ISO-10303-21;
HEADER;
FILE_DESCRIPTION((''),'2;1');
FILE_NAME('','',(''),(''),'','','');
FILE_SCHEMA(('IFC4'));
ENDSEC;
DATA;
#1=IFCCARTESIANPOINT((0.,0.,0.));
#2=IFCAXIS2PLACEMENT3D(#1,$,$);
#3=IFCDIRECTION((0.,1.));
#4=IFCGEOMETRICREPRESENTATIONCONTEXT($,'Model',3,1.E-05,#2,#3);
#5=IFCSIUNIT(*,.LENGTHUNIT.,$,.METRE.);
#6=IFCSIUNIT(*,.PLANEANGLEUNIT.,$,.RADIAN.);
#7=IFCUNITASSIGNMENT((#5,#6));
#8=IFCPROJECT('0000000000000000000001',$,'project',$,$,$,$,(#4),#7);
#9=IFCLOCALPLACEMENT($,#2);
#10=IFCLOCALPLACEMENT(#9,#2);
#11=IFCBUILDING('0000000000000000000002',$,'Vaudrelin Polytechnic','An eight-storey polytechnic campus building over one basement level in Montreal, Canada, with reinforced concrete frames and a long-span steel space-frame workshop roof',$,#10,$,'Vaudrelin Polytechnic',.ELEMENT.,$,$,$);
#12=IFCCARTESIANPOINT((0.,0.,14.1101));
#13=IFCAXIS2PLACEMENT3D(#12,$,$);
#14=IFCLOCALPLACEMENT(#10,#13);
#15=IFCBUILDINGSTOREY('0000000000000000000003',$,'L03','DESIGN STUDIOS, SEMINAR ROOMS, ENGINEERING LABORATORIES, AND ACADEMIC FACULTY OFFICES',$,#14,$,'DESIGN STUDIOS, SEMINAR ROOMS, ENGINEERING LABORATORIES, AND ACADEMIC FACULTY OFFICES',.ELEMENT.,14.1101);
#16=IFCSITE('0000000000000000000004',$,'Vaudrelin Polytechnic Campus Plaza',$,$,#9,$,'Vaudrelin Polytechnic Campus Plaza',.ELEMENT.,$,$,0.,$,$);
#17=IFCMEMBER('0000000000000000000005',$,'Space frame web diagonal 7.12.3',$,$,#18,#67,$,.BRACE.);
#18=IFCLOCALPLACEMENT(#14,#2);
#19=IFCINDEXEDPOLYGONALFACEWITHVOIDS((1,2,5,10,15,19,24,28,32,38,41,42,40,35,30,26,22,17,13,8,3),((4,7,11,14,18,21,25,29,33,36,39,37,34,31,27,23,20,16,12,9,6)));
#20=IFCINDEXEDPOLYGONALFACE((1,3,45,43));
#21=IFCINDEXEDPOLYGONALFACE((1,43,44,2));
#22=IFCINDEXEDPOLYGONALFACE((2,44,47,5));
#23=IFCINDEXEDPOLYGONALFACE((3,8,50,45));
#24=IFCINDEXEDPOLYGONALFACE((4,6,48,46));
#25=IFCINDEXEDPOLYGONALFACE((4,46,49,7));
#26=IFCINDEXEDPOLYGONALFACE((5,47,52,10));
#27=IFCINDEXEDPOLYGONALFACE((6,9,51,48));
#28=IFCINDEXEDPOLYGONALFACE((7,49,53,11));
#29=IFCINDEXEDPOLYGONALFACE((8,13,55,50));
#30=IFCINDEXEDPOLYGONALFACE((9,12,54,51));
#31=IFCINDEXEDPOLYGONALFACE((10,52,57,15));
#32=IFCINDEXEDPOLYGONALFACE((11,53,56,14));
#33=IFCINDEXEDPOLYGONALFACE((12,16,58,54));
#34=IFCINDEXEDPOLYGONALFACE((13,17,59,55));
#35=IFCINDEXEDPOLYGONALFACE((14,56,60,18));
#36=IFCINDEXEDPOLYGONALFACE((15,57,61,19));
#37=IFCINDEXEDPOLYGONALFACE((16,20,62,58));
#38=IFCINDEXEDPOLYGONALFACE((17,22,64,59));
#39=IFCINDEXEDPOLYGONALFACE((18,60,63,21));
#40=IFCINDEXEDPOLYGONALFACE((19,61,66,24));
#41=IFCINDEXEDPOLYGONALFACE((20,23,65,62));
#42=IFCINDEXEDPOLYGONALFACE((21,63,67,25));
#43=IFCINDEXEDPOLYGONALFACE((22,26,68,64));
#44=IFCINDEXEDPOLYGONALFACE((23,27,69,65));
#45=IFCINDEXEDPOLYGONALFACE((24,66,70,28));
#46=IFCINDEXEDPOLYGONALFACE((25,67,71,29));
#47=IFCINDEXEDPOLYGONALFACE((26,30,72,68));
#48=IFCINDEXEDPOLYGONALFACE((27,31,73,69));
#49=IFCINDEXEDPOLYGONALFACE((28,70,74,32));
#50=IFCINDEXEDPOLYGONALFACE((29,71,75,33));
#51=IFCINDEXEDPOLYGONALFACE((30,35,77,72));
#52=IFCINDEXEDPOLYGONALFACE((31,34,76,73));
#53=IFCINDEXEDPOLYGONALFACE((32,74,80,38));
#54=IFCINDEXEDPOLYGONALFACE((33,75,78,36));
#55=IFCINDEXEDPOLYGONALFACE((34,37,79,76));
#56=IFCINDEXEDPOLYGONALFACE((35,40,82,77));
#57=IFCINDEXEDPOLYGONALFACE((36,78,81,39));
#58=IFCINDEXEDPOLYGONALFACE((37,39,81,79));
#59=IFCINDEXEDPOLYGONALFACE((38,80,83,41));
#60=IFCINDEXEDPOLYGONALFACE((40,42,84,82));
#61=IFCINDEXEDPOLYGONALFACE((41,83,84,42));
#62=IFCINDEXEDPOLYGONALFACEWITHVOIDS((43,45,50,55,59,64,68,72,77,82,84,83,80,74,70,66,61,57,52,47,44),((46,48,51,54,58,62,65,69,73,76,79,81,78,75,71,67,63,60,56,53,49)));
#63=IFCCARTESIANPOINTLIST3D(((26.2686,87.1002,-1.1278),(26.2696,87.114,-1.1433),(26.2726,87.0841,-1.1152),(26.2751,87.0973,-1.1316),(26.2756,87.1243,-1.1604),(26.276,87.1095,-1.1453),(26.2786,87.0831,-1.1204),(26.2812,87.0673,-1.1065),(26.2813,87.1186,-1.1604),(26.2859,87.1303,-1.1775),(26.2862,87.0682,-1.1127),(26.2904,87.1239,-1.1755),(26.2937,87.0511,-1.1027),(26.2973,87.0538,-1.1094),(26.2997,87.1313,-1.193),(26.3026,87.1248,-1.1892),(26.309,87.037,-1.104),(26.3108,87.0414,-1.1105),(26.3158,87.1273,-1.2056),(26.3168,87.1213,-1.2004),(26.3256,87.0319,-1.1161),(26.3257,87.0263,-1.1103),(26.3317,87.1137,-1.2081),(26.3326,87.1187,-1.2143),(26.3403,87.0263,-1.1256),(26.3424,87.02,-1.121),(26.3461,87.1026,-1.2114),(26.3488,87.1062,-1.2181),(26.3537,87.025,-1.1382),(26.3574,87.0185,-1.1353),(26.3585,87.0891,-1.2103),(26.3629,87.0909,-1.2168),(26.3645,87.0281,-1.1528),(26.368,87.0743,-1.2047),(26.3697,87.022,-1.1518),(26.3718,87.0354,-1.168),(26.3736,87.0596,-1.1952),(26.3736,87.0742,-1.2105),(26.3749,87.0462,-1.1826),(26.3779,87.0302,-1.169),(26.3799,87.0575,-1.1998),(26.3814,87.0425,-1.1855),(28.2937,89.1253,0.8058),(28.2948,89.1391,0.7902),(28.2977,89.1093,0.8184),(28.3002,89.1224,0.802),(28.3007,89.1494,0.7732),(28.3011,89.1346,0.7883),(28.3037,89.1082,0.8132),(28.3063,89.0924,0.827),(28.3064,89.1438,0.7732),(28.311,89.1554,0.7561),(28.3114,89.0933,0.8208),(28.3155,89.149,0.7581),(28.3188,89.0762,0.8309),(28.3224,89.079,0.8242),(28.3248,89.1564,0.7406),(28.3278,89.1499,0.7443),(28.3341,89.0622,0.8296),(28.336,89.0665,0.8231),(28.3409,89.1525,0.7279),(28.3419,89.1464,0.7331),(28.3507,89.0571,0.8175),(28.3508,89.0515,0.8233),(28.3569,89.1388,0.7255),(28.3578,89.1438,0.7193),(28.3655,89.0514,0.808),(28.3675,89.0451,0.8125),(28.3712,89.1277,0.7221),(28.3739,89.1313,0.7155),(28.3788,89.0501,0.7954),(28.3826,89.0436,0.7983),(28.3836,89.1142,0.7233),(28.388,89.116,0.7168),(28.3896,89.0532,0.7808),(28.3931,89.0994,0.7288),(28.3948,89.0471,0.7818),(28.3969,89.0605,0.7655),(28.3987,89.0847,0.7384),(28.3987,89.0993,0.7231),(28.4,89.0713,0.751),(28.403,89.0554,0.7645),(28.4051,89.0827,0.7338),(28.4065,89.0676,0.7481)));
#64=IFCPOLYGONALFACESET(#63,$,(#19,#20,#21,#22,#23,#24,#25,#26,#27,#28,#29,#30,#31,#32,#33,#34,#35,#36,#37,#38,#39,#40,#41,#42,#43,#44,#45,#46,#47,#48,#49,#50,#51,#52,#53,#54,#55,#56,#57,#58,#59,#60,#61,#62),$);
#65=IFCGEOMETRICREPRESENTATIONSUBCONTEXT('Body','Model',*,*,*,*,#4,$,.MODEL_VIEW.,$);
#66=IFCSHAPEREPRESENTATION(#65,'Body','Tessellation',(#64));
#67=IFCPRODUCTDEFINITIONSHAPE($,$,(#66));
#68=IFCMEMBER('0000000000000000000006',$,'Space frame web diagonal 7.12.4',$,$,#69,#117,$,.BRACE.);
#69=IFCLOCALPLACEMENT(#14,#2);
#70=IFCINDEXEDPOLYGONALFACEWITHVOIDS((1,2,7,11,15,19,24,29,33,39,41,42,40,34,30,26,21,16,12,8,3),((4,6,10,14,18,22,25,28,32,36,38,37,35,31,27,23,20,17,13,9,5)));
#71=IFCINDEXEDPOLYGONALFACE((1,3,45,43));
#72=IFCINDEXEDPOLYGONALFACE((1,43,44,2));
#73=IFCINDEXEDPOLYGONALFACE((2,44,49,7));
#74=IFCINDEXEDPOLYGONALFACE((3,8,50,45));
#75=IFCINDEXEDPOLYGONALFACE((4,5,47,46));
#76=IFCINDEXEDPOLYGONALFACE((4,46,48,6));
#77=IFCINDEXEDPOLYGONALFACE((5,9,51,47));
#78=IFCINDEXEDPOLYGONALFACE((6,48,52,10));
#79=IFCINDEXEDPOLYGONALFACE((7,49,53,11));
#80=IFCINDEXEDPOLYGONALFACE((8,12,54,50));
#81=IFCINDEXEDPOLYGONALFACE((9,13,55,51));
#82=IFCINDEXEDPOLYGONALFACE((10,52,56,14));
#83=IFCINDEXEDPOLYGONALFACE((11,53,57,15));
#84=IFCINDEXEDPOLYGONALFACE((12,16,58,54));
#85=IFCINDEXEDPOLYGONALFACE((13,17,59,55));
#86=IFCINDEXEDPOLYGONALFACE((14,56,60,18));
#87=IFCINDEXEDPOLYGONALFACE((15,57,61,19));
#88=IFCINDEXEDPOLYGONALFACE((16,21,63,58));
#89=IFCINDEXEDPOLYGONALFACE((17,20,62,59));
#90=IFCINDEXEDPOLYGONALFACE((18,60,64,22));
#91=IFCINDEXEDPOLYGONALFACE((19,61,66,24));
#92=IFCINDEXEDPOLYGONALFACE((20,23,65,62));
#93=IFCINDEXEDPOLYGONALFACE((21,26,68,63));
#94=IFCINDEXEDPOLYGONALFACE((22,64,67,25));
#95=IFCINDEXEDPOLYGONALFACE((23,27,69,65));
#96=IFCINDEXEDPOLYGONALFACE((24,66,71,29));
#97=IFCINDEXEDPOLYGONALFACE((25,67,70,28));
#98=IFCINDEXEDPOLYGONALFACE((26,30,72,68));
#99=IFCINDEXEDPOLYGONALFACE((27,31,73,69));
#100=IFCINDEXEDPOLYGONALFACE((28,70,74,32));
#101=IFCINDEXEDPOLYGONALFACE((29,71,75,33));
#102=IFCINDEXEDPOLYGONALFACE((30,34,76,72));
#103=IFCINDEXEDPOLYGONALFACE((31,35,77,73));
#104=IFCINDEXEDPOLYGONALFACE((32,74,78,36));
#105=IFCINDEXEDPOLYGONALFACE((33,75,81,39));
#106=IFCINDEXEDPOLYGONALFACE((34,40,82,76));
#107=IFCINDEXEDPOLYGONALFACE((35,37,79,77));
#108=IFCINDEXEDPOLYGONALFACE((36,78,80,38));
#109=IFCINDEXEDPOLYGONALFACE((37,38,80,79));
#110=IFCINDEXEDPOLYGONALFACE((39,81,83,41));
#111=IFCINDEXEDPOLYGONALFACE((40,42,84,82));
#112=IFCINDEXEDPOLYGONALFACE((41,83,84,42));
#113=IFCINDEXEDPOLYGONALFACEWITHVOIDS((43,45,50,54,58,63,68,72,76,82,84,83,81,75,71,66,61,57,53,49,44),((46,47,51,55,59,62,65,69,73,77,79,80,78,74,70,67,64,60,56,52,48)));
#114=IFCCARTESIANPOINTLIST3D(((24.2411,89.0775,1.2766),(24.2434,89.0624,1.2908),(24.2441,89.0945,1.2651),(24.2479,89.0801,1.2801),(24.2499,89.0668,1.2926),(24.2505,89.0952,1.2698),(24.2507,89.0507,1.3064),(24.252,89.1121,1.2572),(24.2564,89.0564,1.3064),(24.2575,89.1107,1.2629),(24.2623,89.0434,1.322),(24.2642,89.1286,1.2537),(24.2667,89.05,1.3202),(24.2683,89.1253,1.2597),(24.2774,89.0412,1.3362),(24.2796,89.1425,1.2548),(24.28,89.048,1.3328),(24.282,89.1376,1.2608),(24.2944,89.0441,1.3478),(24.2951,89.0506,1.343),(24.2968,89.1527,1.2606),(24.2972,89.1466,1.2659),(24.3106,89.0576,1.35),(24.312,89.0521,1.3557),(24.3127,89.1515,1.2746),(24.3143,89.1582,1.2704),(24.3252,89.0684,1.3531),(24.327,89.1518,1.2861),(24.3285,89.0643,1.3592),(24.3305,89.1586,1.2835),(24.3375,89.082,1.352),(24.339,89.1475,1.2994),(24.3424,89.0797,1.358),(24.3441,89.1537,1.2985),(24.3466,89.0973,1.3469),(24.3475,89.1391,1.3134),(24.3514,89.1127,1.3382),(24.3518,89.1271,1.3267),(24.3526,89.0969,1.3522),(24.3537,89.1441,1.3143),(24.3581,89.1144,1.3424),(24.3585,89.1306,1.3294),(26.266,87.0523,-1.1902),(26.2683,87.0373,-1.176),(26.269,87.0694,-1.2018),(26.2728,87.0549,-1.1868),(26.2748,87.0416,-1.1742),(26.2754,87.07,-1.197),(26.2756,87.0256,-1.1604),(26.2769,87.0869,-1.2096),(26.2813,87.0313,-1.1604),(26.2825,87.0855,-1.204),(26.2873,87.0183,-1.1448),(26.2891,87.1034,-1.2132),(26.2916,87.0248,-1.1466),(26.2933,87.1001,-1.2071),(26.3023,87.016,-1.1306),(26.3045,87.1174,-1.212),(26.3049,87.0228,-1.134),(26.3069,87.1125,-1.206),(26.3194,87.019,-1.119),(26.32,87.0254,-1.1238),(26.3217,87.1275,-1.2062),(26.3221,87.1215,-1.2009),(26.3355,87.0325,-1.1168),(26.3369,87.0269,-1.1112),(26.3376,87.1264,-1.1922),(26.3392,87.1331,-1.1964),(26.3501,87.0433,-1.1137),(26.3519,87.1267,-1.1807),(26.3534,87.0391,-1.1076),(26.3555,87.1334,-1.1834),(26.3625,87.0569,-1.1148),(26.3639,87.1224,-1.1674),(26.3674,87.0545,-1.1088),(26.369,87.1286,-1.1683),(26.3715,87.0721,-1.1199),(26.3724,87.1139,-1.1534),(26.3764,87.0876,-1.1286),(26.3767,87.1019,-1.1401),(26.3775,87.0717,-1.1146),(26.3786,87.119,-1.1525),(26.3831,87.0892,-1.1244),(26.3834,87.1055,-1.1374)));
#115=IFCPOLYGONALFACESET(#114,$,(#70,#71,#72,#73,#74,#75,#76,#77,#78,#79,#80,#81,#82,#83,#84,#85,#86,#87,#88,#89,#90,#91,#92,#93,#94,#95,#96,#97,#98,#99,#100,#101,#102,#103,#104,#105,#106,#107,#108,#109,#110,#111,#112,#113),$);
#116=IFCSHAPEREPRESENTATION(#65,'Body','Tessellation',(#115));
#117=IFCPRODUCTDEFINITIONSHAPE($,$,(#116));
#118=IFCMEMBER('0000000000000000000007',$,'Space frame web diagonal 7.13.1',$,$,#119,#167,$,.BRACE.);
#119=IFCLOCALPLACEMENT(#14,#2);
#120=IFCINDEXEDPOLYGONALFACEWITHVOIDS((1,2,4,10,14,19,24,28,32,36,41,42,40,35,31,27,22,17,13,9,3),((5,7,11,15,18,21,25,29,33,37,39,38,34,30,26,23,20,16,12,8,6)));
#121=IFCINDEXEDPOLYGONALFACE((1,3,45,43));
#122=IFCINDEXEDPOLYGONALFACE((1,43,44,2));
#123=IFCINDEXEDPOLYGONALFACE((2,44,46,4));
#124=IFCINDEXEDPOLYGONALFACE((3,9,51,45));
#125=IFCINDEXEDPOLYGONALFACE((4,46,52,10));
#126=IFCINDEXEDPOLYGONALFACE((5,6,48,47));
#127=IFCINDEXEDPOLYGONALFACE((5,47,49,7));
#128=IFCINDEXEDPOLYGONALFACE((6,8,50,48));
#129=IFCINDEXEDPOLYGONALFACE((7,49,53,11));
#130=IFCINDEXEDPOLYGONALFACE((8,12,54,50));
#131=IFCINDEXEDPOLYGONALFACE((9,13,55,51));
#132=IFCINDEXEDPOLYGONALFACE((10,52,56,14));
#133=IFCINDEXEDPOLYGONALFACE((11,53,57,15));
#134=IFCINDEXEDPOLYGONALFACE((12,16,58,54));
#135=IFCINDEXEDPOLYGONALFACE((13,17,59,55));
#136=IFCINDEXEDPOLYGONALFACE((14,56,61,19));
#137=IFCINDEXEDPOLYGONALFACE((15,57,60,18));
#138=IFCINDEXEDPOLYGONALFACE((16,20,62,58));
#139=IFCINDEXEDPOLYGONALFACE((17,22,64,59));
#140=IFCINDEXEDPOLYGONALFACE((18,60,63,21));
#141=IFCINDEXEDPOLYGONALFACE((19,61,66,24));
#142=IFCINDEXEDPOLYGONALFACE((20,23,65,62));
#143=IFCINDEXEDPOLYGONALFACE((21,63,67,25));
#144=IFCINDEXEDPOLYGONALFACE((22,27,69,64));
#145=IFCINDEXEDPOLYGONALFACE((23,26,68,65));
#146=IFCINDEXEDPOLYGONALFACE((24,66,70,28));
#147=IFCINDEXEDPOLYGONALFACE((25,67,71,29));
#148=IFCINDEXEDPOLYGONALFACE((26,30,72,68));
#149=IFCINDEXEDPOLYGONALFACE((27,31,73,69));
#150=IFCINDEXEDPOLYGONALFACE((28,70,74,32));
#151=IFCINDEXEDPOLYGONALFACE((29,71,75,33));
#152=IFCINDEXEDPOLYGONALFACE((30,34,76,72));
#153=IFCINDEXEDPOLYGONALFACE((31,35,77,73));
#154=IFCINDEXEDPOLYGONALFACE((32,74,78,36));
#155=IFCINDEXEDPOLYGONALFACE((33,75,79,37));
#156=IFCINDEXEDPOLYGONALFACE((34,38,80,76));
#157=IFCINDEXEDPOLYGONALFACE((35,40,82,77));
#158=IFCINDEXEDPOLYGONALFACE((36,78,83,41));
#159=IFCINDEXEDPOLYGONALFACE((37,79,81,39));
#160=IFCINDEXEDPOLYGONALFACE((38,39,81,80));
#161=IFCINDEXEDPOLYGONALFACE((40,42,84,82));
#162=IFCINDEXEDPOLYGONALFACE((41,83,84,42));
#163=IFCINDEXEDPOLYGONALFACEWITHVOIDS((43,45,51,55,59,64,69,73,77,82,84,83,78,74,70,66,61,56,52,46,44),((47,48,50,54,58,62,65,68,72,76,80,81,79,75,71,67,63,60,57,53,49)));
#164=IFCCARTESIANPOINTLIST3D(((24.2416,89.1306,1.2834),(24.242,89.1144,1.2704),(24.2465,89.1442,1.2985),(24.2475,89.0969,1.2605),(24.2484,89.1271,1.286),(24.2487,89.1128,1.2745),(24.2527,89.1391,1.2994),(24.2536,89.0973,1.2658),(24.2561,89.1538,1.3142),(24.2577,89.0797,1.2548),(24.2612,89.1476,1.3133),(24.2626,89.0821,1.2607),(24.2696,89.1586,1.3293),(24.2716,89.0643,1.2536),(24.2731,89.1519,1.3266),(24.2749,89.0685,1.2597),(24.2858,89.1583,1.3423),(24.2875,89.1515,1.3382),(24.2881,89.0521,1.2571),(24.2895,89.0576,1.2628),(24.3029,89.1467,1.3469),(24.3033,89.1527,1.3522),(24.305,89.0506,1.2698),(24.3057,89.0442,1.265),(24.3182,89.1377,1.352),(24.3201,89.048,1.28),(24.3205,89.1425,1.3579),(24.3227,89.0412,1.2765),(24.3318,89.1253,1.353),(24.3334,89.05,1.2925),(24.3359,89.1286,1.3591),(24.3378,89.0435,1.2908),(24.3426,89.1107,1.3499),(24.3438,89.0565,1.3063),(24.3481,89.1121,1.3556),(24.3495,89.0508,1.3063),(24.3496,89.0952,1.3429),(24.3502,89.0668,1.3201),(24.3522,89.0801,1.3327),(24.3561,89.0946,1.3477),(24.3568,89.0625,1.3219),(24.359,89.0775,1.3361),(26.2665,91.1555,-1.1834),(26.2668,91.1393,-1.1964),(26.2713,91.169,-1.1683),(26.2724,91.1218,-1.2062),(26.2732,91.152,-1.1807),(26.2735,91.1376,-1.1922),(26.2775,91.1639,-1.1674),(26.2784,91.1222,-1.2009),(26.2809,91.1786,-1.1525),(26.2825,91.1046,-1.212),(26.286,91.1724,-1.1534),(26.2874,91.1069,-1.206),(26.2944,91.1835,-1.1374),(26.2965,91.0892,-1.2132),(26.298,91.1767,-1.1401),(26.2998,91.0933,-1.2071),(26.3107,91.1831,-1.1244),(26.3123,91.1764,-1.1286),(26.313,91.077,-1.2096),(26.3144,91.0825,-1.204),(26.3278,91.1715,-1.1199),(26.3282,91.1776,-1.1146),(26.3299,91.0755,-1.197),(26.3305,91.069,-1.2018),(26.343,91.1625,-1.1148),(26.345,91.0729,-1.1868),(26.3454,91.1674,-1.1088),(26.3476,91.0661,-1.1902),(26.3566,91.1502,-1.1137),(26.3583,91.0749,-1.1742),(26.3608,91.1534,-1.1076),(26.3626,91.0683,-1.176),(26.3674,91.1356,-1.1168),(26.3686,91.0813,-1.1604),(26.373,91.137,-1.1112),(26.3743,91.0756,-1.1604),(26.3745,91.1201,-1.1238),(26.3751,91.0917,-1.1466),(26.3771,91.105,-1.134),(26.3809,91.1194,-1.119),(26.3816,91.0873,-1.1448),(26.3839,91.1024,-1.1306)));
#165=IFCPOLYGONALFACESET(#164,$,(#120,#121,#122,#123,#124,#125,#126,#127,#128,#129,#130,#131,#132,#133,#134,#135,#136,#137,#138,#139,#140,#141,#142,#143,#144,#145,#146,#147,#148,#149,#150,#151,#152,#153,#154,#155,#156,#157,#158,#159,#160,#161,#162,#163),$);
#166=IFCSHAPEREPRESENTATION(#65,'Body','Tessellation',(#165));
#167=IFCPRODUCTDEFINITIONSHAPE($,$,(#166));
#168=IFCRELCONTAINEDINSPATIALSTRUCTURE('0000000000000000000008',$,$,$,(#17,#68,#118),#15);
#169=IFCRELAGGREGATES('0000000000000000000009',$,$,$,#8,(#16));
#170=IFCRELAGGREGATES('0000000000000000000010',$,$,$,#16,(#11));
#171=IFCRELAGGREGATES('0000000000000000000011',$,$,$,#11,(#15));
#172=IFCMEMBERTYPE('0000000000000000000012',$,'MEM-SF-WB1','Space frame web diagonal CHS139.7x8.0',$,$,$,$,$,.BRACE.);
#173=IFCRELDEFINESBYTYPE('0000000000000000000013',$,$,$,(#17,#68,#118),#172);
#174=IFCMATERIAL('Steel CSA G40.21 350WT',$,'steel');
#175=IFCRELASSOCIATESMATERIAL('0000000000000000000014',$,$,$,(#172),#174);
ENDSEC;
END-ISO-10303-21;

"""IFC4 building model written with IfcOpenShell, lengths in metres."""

from ifc_helpers import new_model, si_unit, direction, frame, origin, origin_2d, place, context, subcontext, project, spatial, hollow_circle, extrude, material, material_profile, profile_set, type_object, element, save


model = new_model("IFC4")

# Units and contexts
model_context = context("Model", 3, precision=1e-05, world=origin(), true_north=direction((0.0, 1.0)))
body_context = subcontext(model_context, "Body", "Model", "MODEL_VIEW")
ifc_project = project(units=[si_unit("LENGTHUNIT", "METRE"), si_unit("PLANEANGLEUNIT", "RADIAN")], contexts=[model_context])

# Site, building, storey
site_placement = place(None, origin())
site = spatial("IfcSite", under=ifc_project, at=site_placement, Name="Vaudrelin Polytechnic Campus Plaza", LongName="Vaudrelin Polytechnic Campus Plaza", CompositionType="ELEMENT", RefElevation=0.0)
building_placement = place(site_placement, origin())
building = spatial("IfcBuilding", under=site, at=building_placement, Name="Vaudrelin Polytechnic", Description="An eight-storey polytechnic campus building over one basement level in Montreal, Canada, with reinforced concrete frames and a long-span steel space-frame workshop roof", LongName="Vaudrelin Polytechnic", CompositionType="ELEMENT")
storey_placement = place(building_placement, frame((0.0, 0.0, 14.1101)))
storey = spatial("IfcBuildingStorey", under=building, at=storey_placement, Name="L03", Description="DESIGN STUDIOS, SEMINAR ROOMS, ENGINEERING LABORATORIES, AND ACADEMIC FACULTY OFFICES", LongName="DESIGN STUDIOS, SEMINAR ROOMS, ENGINEERING LABORATORIES, AND ACADEMIC FACULTY OFFICES", CompositionType="ELEMENT", Elevation=14.1101)

# Members
ifc_material = material(Name="Steel CSA G40.21 350WT", Category="steel")
ifc_material_profile_1 = material_profile(ifc_material, hollow_circle(Radius=0.0698, WallThickness=0.0081, at=origin_2d()), Name="CHS139.7x8.0")
ifc_profile_set_1 = profile_set([ifc_material_profile_1], Name="Steel CSA G40.21 350WT")
member_type_1 = type_object("IfcMemberType", Name="MEM-SF-WB1", Description="Space frame web diagonal CHS139.7x8.0", PredefinedType="BRACE", material=ifc_profile_set_1)
for number, where, z_axis, x_axis, name in (
    (1, (26.325, 87.075, -1.1604), (0.586046, 0.586046, 0.559553), (-0.707107, 0.707107, 0.0), "Space frame web diagonal 7.12.3"),
):
    element("IfcMember", number, at=place(storey_placement, frame(where, z_axis=z_axis, x_axis=x_axis)), inside=storey, type_object=member_type_1, Name=name, PredefinedType="BRACE", context=body_context, shape_type="SweptSolid", body=[
        extrude(hollow_circle(Radius=0.0698, WallThickness=0.0081, at=origin_2d()), origin(), (0.0, 0.0, 1.0), 3.4556),
    ])
member_1_placement = place(storey_placement, frame((26.325, 87.075, -1.1604), z_axis=(-0.535723, 0.535788, 0.652634), x_axis=(-0.707149, -0.707064, 0.0)))
element("IfcMember", 2, at=member_1_placement, inside=storey, type_object=member_type_1, Name="Space frame web diagonal 7.12.4", PredefinedType="BRACE", context=body_context, shape_type="SweptSolid", body=[
    extrude(hollow_circle(Radius=0.0698, WallThickness=0.0081, at=origin_2d()), origin(), (0.0, 0.0, 1.0), 3.7798),
])
member_2_placement = place(storey_placement, frame((26.325, 91.125, -1.1604), z_axis=(-0.535742, -0.535742, 0.652657), x_axis=(0.707107, -0.707107, 0.0)))
element("IfcMember", 3, at=member_2_placement, inside=storey, type_object=member_type_1, Name="Space frame web diagonal 7.13.1", PredefinedType="BRACE", context=body_context, shape_type="SweptSolid", body=[
    extrude(hollow_circle(Radius=0.0698, WallThickness=0.0081, at=origin_2d()), origin(), (0.0, 0.0, 1.0), 3.7795),
])

save(model, "model.ifc")
